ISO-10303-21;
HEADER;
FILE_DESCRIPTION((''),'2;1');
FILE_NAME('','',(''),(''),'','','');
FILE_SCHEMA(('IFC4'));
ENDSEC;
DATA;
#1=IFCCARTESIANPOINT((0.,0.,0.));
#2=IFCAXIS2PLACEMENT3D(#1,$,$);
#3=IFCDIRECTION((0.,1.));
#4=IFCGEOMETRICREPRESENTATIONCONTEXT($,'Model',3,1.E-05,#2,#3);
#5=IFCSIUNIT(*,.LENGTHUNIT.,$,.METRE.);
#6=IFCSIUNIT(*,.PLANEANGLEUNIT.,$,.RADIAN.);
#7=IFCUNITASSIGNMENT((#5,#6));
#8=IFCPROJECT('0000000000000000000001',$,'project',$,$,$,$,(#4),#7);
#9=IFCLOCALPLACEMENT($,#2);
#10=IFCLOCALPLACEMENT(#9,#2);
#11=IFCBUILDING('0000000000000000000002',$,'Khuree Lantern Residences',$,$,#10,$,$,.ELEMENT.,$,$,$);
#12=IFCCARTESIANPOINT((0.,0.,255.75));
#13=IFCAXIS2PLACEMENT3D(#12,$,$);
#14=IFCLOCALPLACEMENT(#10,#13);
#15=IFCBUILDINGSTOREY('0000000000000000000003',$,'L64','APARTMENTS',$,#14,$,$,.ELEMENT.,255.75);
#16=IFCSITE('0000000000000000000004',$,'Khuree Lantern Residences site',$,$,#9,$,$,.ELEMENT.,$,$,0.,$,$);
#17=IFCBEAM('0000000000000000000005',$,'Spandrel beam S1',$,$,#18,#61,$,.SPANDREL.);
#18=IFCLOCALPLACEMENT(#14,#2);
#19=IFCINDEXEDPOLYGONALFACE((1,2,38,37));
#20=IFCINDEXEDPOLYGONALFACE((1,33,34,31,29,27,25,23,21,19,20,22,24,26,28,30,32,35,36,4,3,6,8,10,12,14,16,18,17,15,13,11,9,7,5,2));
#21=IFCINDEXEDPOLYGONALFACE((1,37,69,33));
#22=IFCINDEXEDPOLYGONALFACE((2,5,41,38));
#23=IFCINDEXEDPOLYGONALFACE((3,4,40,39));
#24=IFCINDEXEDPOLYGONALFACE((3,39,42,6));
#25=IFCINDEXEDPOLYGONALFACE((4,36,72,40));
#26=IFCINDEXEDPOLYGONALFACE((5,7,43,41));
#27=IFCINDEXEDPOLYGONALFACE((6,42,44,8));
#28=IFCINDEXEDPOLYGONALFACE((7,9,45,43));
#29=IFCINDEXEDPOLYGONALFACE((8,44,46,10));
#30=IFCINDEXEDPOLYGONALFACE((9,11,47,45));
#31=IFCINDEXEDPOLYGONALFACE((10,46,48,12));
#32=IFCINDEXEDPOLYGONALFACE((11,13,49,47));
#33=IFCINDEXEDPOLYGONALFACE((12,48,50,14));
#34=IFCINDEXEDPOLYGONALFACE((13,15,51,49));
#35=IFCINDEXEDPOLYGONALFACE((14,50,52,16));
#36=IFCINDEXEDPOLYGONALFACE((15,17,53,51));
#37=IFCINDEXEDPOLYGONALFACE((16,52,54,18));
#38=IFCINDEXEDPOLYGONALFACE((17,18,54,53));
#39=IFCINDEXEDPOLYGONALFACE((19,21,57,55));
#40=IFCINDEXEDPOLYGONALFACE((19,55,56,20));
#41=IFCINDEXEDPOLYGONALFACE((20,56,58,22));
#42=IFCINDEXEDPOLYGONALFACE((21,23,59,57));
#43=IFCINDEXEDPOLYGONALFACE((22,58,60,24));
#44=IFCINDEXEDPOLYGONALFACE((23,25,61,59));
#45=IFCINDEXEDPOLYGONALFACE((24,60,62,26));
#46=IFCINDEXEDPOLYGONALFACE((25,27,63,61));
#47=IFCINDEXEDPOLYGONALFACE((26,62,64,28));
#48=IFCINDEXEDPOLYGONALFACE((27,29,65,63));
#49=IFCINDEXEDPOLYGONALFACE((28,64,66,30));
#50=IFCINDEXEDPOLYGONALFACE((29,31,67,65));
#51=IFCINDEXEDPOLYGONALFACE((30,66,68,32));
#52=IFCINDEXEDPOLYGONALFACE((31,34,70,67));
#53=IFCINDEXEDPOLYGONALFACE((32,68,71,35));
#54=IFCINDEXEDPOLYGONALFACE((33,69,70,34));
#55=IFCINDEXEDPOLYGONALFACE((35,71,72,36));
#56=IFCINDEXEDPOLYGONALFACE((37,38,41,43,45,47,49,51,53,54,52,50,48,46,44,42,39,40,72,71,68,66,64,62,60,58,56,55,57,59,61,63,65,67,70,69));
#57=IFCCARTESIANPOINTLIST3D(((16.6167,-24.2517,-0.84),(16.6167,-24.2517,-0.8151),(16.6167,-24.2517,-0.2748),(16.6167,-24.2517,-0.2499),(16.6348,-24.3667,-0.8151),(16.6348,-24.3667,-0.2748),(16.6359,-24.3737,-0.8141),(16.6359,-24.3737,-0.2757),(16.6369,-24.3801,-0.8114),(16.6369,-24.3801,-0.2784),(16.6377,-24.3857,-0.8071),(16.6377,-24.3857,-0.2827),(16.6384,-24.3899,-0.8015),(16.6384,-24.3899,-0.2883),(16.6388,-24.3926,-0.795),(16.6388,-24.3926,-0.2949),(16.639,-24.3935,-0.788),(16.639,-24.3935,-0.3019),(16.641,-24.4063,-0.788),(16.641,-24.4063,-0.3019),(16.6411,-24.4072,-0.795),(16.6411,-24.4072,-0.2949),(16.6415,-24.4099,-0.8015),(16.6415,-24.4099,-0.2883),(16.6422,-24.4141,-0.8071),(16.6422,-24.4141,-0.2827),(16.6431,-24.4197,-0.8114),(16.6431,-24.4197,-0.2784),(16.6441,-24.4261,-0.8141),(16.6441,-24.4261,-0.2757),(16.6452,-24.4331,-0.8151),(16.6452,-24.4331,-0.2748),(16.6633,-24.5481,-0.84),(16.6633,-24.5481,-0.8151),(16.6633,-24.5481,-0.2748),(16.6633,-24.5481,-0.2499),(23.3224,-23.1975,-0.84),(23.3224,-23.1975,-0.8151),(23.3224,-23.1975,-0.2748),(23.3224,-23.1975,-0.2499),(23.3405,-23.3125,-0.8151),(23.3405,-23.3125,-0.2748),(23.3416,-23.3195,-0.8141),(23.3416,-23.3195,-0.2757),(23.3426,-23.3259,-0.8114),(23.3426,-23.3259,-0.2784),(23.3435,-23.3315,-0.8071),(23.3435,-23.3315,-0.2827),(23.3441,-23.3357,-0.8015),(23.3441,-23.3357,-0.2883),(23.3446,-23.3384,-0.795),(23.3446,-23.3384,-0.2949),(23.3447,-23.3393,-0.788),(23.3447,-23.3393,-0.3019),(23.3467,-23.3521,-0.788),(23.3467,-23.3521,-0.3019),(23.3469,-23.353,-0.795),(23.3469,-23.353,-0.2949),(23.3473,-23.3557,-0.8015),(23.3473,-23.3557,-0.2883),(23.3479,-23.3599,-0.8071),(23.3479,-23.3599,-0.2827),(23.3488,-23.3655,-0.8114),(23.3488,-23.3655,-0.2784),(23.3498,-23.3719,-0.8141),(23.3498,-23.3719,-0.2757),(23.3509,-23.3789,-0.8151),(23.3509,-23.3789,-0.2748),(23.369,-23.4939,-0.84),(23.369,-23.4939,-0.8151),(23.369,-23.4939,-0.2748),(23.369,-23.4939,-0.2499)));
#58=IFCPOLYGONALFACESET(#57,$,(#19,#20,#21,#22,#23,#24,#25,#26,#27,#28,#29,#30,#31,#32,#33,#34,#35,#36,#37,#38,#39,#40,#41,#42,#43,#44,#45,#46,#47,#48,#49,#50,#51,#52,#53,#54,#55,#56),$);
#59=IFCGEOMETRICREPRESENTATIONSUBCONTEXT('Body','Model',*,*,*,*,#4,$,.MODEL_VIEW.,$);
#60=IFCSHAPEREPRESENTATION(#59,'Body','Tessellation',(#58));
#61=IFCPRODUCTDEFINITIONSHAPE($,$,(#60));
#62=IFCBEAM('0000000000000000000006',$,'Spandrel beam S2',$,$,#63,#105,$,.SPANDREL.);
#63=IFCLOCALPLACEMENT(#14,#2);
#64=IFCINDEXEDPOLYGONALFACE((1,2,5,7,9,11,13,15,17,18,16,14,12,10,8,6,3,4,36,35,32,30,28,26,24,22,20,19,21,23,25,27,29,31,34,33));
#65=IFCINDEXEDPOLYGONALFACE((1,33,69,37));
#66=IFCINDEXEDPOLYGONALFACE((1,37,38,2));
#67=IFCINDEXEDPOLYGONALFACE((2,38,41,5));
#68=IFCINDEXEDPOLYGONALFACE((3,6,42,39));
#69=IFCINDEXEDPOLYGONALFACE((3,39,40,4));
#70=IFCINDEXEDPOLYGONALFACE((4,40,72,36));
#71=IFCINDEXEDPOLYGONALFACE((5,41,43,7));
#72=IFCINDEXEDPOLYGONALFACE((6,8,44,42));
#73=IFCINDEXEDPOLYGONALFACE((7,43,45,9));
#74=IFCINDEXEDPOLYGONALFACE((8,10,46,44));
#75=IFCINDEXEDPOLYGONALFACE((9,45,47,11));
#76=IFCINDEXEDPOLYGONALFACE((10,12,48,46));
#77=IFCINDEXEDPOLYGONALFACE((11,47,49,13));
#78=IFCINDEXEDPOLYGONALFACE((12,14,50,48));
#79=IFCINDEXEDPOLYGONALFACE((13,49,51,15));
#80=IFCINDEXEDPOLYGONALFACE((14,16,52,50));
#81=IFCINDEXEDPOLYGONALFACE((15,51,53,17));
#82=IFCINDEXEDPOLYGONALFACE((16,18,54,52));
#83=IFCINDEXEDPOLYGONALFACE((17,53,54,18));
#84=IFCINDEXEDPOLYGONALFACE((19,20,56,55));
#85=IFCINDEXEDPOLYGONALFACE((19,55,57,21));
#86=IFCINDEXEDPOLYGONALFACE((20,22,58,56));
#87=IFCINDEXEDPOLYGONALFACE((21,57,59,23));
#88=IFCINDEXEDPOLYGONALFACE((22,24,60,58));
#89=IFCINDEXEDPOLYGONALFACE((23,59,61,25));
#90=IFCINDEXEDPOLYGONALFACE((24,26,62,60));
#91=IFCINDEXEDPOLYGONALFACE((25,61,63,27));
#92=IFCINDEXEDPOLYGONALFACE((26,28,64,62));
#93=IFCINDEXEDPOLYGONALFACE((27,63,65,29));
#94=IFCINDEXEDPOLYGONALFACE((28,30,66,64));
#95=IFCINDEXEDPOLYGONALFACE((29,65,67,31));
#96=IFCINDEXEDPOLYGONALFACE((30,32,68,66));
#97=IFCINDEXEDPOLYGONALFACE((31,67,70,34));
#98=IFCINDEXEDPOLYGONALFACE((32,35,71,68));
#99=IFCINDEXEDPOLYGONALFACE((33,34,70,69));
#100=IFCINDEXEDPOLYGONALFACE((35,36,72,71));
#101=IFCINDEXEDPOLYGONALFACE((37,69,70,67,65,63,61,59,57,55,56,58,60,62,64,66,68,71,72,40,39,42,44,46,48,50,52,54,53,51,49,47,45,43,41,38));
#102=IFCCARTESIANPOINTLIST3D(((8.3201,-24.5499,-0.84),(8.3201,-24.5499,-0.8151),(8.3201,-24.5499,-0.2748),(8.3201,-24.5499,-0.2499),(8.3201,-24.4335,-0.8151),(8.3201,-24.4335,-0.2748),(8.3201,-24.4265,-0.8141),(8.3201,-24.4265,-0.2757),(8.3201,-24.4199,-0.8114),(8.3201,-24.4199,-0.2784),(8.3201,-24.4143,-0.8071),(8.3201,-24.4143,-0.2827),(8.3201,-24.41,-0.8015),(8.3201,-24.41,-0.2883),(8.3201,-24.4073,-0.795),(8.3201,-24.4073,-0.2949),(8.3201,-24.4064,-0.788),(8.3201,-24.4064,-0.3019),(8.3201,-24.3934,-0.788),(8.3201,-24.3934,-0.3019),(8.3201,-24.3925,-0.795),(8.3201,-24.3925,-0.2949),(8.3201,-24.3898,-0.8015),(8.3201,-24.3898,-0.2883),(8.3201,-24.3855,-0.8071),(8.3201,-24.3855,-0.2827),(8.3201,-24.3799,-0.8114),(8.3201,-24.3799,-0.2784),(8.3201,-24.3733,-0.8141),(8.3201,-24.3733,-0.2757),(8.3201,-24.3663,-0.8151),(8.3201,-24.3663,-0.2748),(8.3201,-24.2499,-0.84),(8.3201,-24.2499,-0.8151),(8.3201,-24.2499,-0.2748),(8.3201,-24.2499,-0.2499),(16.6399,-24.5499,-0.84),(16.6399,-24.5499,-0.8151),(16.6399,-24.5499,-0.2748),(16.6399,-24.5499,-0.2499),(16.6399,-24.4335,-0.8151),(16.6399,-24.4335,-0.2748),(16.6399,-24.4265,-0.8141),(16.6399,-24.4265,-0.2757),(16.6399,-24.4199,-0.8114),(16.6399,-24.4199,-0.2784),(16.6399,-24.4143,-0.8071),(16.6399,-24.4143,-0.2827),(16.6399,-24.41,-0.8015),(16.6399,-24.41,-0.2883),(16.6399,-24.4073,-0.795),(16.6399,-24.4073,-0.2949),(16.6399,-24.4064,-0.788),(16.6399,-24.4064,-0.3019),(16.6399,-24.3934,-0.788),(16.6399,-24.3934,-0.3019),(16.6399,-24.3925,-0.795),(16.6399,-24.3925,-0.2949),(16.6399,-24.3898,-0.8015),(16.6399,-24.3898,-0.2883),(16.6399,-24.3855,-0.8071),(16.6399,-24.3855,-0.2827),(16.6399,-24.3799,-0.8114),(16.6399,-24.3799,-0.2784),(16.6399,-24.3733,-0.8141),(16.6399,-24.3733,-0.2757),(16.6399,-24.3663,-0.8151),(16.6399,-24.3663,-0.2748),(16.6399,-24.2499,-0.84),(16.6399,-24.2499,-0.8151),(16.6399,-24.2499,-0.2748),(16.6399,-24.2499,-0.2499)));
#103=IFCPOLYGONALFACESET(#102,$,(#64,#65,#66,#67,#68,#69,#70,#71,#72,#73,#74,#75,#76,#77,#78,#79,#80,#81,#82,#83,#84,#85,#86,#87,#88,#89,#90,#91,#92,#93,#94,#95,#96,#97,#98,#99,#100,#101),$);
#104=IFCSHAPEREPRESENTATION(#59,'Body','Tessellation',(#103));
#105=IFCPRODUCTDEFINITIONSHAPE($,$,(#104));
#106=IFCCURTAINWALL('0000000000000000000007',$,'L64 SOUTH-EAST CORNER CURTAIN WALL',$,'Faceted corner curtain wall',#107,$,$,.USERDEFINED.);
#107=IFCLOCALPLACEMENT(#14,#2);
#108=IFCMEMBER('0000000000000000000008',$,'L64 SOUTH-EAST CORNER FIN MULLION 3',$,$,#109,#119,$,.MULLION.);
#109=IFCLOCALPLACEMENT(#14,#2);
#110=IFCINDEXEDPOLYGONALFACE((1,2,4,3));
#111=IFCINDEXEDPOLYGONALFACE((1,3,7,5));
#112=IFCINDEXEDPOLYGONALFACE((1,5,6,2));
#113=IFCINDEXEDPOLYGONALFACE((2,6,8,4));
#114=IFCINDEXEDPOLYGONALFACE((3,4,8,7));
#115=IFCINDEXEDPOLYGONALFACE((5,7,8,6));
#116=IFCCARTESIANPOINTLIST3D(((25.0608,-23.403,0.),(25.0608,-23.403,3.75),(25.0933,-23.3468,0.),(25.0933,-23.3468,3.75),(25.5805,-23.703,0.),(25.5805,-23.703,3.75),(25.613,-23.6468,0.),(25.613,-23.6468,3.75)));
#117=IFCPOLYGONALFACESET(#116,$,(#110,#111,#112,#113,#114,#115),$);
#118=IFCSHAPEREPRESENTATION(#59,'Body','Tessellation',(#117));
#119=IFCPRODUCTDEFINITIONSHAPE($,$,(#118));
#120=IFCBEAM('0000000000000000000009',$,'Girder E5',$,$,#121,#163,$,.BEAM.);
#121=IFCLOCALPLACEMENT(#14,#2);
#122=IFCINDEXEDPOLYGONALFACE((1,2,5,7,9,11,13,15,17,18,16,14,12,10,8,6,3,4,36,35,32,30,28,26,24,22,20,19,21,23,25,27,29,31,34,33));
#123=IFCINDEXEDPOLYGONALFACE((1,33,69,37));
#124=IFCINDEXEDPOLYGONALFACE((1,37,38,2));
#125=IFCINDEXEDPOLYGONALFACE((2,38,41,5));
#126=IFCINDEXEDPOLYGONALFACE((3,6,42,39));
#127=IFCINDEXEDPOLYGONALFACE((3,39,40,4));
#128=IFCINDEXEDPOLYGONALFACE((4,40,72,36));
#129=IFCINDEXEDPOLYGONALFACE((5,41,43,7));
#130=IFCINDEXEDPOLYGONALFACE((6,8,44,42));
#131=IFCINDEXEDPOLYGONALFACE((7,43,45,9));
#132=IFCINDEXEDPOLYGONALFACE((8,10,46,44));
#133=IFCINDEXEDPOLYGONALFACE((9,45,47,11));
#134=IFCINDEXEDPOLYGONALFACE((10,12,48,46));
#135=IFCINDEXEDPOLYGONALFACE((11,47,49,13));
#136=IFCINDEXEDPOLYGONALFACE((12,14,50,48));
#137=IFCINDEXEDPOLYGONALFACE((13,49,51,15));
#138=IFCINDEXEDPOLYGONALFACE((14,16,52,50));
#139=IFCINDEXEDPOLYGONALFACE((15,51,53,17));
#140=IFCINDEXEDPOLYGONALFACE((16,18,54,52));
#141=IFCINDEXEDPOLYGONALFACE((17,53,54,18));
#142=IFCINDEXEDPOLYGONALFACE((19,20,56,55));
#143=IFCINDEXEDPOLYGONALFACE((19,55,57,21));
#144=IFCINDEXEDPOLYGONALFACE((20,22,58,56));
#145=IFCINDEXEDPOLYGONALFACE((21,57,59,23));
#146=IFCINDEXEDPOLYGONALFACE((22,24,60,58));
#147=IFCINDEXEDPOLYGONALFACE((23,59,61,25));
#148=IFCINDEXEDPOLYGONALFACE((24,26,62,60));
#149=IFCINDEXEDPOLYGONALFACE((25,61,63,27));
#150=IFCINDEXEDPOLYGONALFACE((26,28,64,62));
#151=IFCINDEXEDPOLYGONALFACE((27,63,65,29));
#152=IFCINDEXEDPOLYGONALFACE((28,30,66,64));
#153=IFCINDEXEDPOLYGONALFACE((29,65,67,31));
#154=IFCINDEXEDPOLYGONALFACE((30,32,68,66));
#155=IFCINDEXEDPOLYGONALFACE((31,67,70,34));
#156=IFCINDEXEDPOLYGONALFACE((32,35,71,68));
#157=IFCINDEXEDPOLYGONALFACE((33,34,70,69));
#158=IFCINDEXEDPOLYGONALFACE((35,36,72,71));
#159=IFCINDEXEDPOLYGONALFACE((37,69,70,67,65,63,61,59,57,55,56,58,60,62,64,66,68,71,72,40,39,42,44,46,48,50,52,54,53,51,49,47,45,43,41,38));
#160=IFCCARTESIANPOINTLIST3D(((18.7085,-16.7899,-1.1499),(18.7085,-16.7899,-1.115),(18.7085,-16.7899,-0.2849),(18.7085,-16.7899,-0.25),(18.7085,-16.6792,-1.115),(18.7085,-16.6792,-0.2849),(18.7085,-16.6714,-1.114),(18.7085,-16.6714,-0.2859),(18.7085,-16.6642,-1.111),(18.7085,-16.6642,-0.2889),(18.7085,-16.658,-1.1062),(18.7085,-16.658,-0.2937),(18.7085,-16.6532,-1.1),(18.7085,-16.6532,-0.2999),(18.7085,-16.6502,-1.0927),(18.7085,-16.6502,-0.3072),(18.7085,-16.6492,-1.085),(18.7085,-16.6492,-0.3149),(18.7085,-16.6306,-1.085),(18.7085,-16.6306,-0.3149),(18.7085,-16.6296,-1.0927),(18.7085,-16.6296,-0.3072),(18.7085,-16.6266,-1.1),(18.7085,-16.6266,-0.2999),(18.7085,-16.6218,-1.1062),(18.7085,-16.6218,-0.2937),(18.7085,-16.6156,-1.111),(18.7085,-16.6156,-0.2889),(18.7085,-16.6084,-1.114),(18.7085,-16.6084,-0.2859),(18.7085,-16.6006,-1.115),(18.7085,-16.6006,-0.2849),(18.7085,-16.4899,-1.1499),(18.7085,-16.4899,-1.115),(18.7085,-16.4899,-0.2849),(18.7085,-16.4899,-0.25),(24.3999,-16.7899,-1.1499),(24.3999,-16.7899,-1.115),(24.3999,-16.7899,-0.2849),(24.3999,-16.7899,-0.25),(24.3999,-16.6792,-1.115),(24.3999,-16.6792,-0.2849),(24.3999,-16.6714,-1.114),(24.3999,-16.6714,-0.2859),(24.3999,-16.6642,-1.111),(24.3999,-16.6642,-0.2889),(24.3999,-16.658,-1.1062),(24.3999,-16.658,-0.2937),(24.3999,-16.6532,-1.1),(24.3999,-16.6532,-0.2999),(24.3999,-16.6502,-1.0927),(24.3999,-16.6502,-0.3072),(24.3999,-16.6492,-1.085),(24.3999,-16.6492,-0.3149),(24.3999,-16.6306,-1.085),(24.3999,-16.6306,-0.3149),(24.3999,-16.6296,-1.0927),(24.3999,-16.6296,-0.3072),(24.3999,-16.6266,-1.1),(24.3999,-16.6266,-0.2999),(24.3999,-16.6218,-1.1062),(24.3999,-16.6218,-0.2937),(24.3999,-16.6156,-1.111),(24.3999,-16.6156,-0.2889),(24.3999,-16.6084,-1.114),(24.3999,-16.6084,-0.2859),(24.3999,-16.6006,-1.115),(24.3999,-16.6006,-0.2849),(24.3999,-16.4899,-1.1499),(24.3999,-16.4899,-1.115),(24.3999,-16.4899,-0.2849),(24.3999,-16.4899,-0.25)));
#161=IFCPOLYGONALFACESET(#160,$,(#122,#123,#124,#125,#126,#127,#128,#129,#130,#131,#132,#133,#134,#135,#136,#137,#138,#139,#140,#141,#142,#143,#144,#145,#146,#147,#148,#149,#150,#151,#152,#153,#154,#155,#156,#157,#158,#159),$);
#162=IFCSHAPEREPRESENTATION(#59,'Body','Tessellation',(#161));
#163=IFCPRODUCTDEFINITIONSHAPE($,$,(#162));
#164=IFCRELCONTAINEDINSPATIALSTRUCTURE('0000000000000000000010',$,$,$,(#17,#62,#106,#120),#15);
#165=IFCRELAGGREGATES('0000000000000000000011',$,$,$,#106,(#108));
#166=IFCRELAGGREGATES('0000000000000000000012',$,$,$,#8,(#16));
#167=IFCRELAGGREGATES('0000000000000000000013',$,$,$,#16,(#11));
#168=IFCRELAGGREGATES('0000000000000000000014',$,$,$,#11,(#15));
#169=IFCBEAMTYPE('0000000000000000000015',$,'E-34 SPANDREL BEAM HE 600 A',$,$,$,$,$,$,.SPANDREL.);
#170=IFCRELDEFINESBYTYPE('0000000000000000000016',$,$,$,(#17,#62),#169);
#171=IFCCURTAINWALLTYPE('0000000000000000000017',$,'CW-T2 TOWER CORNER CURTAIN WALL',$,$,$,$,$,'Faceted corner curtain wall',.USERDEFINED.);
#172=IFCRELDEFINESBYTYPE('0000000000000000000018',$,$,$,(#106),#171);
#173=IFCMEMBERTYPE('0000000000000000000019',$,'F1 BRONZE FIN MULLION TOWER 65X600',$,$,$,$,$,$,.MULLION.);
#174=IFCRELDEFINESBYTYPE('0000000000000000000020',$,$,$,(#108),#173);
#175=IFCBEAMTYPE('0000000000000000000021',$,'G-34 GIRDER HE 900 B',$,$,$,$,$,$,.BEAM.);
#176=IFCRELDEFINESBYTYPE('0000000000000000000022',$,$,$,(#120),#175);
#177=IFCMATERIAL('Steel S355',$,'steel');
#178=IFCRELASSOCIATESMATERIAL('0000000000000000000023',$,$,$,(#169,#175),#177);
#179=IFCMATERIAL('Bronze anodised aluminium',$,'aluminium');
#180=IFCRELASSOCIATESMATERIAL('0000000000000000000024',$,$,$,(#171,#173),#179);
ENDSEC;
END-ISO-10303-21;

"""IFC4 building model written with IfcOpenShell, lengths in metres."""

from ifc_helpers import new_model, si_unit, direction, frame, origin, origin_2d, place, context, subcontext, project, spatial, rectangle, i_section, extrude, material, material_profile, profile_set, type_object, element, aggregate, save


model = new_model("IFC4")

# Units and contexts
model_context = context("Model", 3, precision=1e-05, world=origin(), true_north=direction((0.0, 1.0)))
body_context = subcontext(model_context, "Body", "Model", "MODEL_VIEW")
ifc_project = project(units=[si_unit("LENGTHUNIT", "METRE"), si_unit("PLANEANGLEUNIT", "RADIAN")], contexts=[model_context])

# Site, building, storey
site_placement = place(None, origin())
site = spatial("IfcSite", under=ifc_project, at=site_placement, Name="Khuree Lantern Residences site", CompositionType="ELEMENT", RefElevation=0.0)
building_placement = place(site_placement, origin())
building = spatial("IfcBuilding", under=site, at=building_placement, Name="Khuree Lantern Residences", CompositionType="ELEMENT")
storey_placement = place(building_placement, frame((0.0, 0.0, 255.75)))
storey = spatial("IfcBuildingStorey", under=building, at=storey_placement, Name="L64", Description="APARTMENTS", CompositionType="ELEMENT", Elevation=255.75)

# Beams
ifc_material_1 = material(Name="Steel S355", Category="steel")
ifc_material_profile_1 = material_profile(ifc_material_1, i_section(OverallWidth=0.3, OverallDepth=0.5901, WebThickness=0.0129, FlangeThickness=0.0249, FilletRadius=0.0271, at=origin_2d()), Name="HE 600 A")
ifc_profile_set_1 = profile_set([ifc_material_profile_1], Name="Steel S355")
beam_type_1 = type_object("IfcBeamType", Name="E-34 SPANDREL BEAM HE 600 A", PredefinedType="SPANDREL", material=ifc_profile_set_1)
for number, where, z_axis, x_axis, name in (
    (1, (23.3457, -23.3457, -0.5449), (-0.987867, -0.1553, 0.0), (0.1553, -0.987867, 0.0), "Spandrel beam S1"),
):
    element("IfcBeam", number, at=place(storey_placement, frame(where, z_axis=z_axis, x_axis=x_axis)), inside=storey, type_object=beam_type_1, Name=name, PredefinedType="SPANDREL", context=body_context, shape_type="SweptSolid", body=[
        extrude(i_section(OverallWidth=0.3, OverallDepth=0.5901, WebThickness=0.0129, FlangeThickness=0.0249, FilletRadius=0.0271, at=origin_2d()), origin(), (0.0, 0.0, 1.0), 6.7881),
    ])
beam_1_placement = place(storey_placement, frame((16.6399, -24.3999, -0.5449), z_axis=(-1.0, 0.0, 0.0), x_axis=(0.0, -1.0, 0.0)))
element("IfcBeam", 2, at=beam_1_placement, inside=storey, type_object=beam_type_1, Name="Spandrel beam S2", PredefinedType="SPANDREL", context=body_context, shape_type="SweptSolid", body=[
    extrude(i_section(OverallWidth=0.3, OverallDepth=0.5901, WebThickness=0.0129, FlangeThickness=0.0249, FilletRadius=0.0271, at=origin_2d()), origin(), (0.0, 0.0, 1.0), 8.3198),
])

# Curtain wall, member
ifc_material_2 = material(Name="Bronze anodised aluminium", Category="aluminium")
curtain_wall_type_1 = type_object("IfcCurtainWallType", Name="CW-T2 TOWER CORNER CURTAIN WALL", ElementType="Faceted corner curtain wall", PredefinedType="USERDEFINED", material=ifc_material_2)
curtain_wall_1_placement = place(storey_placement, origin())
curtain_wall_1 = element("IfcCurtainWall", 3, at=curtain_wall_1_placement, inside=storey, type_object=curtain_wall_type_1, Name="L64 SOUTH-EAST CORNER CURTAIN WALL", ObjectType="Faceted corner curtain wall", PredefinedType="USERDEFINED")
ifc_material_profile_2 = material_profile(ifc_material_2, rectangle(XDim=0.0649, YDim=0.6001, at=origin_2d()), Name="F1 65X600")
ifc_profile_set_2 = profile_set([ifc_material_profile_2], Name="Bronze anodised aluminium")
member_type_1 = type_object("IfcMemberType", Name="F1 BRONZE FIN MULLION TOWER 65X600", PredefinedType="MULLION", material=ifc_profile_set_2)
member_1_placement = place(storey_placement, frame((25.3369, -23.5249, 0.0), z_axis=(0.0, 0.0, 1.0), x_axis=(0.5, 0.866025, 0.0)))
member_1 = element("IfcMember", 4, at=member_1_placement, type_object=member_type_1, Name="L64 SOUTH-EAST CORNER FIN MULLION 3", PredefinedType="MULLION", context=body_context, shape_type="SweptSolid", body=[
    extrude(rectangle(XDim=0.0649, YDim=0.6001, at=origin_2d()), origin(), (0.0, 0.0, 1.0), 3.75),
])

# Beam
ifc_material_profile_3 = material_profile(ifc_material_1, i_section(OverallWidth=0.3, OverallDepth=0.8999, WebThickness=0.0186, FlangeThickness=0.0349, FilletRadius=0.03, at=origin_2d()), Name="HE 900 B")
ifc_profile_set_3 = profile_set([ifc_material_profile_3], Name="Steel S355")
beam_type_2 = type_object("IfcBeamType", Name="G-34 GIRDER HE 900 B", PredefinedType="BEAM", material=ifc_profile_set_3)
beam_2_placement = place(storey_placement, frame((24.3999, -16.6399, -0.7), z_axis=(-1.0, 0.0, 0.0), x_axis=(0.0, -1.0, 0.0)))
element("IfcBeam", 5, at=beam_2_placement, inside=storey, type_object=beam_type_2, Name="Girder E5", PredefinedType="BEAM", context=body_context, shape_type="SweptSolid", body=[
    extrude(i_section(OverallWidth=0.3, OverallDepth=0.8999, WebThickness=0.0186, FlangeThickness=0.0349, FilletRadius=0.03, at=origin_2d()), origin(), (0.0, 0.0, 1.0), 5.6914),
])

aggregate(curtain_wall_1, [member_1])

save(model, "model.ifc")
